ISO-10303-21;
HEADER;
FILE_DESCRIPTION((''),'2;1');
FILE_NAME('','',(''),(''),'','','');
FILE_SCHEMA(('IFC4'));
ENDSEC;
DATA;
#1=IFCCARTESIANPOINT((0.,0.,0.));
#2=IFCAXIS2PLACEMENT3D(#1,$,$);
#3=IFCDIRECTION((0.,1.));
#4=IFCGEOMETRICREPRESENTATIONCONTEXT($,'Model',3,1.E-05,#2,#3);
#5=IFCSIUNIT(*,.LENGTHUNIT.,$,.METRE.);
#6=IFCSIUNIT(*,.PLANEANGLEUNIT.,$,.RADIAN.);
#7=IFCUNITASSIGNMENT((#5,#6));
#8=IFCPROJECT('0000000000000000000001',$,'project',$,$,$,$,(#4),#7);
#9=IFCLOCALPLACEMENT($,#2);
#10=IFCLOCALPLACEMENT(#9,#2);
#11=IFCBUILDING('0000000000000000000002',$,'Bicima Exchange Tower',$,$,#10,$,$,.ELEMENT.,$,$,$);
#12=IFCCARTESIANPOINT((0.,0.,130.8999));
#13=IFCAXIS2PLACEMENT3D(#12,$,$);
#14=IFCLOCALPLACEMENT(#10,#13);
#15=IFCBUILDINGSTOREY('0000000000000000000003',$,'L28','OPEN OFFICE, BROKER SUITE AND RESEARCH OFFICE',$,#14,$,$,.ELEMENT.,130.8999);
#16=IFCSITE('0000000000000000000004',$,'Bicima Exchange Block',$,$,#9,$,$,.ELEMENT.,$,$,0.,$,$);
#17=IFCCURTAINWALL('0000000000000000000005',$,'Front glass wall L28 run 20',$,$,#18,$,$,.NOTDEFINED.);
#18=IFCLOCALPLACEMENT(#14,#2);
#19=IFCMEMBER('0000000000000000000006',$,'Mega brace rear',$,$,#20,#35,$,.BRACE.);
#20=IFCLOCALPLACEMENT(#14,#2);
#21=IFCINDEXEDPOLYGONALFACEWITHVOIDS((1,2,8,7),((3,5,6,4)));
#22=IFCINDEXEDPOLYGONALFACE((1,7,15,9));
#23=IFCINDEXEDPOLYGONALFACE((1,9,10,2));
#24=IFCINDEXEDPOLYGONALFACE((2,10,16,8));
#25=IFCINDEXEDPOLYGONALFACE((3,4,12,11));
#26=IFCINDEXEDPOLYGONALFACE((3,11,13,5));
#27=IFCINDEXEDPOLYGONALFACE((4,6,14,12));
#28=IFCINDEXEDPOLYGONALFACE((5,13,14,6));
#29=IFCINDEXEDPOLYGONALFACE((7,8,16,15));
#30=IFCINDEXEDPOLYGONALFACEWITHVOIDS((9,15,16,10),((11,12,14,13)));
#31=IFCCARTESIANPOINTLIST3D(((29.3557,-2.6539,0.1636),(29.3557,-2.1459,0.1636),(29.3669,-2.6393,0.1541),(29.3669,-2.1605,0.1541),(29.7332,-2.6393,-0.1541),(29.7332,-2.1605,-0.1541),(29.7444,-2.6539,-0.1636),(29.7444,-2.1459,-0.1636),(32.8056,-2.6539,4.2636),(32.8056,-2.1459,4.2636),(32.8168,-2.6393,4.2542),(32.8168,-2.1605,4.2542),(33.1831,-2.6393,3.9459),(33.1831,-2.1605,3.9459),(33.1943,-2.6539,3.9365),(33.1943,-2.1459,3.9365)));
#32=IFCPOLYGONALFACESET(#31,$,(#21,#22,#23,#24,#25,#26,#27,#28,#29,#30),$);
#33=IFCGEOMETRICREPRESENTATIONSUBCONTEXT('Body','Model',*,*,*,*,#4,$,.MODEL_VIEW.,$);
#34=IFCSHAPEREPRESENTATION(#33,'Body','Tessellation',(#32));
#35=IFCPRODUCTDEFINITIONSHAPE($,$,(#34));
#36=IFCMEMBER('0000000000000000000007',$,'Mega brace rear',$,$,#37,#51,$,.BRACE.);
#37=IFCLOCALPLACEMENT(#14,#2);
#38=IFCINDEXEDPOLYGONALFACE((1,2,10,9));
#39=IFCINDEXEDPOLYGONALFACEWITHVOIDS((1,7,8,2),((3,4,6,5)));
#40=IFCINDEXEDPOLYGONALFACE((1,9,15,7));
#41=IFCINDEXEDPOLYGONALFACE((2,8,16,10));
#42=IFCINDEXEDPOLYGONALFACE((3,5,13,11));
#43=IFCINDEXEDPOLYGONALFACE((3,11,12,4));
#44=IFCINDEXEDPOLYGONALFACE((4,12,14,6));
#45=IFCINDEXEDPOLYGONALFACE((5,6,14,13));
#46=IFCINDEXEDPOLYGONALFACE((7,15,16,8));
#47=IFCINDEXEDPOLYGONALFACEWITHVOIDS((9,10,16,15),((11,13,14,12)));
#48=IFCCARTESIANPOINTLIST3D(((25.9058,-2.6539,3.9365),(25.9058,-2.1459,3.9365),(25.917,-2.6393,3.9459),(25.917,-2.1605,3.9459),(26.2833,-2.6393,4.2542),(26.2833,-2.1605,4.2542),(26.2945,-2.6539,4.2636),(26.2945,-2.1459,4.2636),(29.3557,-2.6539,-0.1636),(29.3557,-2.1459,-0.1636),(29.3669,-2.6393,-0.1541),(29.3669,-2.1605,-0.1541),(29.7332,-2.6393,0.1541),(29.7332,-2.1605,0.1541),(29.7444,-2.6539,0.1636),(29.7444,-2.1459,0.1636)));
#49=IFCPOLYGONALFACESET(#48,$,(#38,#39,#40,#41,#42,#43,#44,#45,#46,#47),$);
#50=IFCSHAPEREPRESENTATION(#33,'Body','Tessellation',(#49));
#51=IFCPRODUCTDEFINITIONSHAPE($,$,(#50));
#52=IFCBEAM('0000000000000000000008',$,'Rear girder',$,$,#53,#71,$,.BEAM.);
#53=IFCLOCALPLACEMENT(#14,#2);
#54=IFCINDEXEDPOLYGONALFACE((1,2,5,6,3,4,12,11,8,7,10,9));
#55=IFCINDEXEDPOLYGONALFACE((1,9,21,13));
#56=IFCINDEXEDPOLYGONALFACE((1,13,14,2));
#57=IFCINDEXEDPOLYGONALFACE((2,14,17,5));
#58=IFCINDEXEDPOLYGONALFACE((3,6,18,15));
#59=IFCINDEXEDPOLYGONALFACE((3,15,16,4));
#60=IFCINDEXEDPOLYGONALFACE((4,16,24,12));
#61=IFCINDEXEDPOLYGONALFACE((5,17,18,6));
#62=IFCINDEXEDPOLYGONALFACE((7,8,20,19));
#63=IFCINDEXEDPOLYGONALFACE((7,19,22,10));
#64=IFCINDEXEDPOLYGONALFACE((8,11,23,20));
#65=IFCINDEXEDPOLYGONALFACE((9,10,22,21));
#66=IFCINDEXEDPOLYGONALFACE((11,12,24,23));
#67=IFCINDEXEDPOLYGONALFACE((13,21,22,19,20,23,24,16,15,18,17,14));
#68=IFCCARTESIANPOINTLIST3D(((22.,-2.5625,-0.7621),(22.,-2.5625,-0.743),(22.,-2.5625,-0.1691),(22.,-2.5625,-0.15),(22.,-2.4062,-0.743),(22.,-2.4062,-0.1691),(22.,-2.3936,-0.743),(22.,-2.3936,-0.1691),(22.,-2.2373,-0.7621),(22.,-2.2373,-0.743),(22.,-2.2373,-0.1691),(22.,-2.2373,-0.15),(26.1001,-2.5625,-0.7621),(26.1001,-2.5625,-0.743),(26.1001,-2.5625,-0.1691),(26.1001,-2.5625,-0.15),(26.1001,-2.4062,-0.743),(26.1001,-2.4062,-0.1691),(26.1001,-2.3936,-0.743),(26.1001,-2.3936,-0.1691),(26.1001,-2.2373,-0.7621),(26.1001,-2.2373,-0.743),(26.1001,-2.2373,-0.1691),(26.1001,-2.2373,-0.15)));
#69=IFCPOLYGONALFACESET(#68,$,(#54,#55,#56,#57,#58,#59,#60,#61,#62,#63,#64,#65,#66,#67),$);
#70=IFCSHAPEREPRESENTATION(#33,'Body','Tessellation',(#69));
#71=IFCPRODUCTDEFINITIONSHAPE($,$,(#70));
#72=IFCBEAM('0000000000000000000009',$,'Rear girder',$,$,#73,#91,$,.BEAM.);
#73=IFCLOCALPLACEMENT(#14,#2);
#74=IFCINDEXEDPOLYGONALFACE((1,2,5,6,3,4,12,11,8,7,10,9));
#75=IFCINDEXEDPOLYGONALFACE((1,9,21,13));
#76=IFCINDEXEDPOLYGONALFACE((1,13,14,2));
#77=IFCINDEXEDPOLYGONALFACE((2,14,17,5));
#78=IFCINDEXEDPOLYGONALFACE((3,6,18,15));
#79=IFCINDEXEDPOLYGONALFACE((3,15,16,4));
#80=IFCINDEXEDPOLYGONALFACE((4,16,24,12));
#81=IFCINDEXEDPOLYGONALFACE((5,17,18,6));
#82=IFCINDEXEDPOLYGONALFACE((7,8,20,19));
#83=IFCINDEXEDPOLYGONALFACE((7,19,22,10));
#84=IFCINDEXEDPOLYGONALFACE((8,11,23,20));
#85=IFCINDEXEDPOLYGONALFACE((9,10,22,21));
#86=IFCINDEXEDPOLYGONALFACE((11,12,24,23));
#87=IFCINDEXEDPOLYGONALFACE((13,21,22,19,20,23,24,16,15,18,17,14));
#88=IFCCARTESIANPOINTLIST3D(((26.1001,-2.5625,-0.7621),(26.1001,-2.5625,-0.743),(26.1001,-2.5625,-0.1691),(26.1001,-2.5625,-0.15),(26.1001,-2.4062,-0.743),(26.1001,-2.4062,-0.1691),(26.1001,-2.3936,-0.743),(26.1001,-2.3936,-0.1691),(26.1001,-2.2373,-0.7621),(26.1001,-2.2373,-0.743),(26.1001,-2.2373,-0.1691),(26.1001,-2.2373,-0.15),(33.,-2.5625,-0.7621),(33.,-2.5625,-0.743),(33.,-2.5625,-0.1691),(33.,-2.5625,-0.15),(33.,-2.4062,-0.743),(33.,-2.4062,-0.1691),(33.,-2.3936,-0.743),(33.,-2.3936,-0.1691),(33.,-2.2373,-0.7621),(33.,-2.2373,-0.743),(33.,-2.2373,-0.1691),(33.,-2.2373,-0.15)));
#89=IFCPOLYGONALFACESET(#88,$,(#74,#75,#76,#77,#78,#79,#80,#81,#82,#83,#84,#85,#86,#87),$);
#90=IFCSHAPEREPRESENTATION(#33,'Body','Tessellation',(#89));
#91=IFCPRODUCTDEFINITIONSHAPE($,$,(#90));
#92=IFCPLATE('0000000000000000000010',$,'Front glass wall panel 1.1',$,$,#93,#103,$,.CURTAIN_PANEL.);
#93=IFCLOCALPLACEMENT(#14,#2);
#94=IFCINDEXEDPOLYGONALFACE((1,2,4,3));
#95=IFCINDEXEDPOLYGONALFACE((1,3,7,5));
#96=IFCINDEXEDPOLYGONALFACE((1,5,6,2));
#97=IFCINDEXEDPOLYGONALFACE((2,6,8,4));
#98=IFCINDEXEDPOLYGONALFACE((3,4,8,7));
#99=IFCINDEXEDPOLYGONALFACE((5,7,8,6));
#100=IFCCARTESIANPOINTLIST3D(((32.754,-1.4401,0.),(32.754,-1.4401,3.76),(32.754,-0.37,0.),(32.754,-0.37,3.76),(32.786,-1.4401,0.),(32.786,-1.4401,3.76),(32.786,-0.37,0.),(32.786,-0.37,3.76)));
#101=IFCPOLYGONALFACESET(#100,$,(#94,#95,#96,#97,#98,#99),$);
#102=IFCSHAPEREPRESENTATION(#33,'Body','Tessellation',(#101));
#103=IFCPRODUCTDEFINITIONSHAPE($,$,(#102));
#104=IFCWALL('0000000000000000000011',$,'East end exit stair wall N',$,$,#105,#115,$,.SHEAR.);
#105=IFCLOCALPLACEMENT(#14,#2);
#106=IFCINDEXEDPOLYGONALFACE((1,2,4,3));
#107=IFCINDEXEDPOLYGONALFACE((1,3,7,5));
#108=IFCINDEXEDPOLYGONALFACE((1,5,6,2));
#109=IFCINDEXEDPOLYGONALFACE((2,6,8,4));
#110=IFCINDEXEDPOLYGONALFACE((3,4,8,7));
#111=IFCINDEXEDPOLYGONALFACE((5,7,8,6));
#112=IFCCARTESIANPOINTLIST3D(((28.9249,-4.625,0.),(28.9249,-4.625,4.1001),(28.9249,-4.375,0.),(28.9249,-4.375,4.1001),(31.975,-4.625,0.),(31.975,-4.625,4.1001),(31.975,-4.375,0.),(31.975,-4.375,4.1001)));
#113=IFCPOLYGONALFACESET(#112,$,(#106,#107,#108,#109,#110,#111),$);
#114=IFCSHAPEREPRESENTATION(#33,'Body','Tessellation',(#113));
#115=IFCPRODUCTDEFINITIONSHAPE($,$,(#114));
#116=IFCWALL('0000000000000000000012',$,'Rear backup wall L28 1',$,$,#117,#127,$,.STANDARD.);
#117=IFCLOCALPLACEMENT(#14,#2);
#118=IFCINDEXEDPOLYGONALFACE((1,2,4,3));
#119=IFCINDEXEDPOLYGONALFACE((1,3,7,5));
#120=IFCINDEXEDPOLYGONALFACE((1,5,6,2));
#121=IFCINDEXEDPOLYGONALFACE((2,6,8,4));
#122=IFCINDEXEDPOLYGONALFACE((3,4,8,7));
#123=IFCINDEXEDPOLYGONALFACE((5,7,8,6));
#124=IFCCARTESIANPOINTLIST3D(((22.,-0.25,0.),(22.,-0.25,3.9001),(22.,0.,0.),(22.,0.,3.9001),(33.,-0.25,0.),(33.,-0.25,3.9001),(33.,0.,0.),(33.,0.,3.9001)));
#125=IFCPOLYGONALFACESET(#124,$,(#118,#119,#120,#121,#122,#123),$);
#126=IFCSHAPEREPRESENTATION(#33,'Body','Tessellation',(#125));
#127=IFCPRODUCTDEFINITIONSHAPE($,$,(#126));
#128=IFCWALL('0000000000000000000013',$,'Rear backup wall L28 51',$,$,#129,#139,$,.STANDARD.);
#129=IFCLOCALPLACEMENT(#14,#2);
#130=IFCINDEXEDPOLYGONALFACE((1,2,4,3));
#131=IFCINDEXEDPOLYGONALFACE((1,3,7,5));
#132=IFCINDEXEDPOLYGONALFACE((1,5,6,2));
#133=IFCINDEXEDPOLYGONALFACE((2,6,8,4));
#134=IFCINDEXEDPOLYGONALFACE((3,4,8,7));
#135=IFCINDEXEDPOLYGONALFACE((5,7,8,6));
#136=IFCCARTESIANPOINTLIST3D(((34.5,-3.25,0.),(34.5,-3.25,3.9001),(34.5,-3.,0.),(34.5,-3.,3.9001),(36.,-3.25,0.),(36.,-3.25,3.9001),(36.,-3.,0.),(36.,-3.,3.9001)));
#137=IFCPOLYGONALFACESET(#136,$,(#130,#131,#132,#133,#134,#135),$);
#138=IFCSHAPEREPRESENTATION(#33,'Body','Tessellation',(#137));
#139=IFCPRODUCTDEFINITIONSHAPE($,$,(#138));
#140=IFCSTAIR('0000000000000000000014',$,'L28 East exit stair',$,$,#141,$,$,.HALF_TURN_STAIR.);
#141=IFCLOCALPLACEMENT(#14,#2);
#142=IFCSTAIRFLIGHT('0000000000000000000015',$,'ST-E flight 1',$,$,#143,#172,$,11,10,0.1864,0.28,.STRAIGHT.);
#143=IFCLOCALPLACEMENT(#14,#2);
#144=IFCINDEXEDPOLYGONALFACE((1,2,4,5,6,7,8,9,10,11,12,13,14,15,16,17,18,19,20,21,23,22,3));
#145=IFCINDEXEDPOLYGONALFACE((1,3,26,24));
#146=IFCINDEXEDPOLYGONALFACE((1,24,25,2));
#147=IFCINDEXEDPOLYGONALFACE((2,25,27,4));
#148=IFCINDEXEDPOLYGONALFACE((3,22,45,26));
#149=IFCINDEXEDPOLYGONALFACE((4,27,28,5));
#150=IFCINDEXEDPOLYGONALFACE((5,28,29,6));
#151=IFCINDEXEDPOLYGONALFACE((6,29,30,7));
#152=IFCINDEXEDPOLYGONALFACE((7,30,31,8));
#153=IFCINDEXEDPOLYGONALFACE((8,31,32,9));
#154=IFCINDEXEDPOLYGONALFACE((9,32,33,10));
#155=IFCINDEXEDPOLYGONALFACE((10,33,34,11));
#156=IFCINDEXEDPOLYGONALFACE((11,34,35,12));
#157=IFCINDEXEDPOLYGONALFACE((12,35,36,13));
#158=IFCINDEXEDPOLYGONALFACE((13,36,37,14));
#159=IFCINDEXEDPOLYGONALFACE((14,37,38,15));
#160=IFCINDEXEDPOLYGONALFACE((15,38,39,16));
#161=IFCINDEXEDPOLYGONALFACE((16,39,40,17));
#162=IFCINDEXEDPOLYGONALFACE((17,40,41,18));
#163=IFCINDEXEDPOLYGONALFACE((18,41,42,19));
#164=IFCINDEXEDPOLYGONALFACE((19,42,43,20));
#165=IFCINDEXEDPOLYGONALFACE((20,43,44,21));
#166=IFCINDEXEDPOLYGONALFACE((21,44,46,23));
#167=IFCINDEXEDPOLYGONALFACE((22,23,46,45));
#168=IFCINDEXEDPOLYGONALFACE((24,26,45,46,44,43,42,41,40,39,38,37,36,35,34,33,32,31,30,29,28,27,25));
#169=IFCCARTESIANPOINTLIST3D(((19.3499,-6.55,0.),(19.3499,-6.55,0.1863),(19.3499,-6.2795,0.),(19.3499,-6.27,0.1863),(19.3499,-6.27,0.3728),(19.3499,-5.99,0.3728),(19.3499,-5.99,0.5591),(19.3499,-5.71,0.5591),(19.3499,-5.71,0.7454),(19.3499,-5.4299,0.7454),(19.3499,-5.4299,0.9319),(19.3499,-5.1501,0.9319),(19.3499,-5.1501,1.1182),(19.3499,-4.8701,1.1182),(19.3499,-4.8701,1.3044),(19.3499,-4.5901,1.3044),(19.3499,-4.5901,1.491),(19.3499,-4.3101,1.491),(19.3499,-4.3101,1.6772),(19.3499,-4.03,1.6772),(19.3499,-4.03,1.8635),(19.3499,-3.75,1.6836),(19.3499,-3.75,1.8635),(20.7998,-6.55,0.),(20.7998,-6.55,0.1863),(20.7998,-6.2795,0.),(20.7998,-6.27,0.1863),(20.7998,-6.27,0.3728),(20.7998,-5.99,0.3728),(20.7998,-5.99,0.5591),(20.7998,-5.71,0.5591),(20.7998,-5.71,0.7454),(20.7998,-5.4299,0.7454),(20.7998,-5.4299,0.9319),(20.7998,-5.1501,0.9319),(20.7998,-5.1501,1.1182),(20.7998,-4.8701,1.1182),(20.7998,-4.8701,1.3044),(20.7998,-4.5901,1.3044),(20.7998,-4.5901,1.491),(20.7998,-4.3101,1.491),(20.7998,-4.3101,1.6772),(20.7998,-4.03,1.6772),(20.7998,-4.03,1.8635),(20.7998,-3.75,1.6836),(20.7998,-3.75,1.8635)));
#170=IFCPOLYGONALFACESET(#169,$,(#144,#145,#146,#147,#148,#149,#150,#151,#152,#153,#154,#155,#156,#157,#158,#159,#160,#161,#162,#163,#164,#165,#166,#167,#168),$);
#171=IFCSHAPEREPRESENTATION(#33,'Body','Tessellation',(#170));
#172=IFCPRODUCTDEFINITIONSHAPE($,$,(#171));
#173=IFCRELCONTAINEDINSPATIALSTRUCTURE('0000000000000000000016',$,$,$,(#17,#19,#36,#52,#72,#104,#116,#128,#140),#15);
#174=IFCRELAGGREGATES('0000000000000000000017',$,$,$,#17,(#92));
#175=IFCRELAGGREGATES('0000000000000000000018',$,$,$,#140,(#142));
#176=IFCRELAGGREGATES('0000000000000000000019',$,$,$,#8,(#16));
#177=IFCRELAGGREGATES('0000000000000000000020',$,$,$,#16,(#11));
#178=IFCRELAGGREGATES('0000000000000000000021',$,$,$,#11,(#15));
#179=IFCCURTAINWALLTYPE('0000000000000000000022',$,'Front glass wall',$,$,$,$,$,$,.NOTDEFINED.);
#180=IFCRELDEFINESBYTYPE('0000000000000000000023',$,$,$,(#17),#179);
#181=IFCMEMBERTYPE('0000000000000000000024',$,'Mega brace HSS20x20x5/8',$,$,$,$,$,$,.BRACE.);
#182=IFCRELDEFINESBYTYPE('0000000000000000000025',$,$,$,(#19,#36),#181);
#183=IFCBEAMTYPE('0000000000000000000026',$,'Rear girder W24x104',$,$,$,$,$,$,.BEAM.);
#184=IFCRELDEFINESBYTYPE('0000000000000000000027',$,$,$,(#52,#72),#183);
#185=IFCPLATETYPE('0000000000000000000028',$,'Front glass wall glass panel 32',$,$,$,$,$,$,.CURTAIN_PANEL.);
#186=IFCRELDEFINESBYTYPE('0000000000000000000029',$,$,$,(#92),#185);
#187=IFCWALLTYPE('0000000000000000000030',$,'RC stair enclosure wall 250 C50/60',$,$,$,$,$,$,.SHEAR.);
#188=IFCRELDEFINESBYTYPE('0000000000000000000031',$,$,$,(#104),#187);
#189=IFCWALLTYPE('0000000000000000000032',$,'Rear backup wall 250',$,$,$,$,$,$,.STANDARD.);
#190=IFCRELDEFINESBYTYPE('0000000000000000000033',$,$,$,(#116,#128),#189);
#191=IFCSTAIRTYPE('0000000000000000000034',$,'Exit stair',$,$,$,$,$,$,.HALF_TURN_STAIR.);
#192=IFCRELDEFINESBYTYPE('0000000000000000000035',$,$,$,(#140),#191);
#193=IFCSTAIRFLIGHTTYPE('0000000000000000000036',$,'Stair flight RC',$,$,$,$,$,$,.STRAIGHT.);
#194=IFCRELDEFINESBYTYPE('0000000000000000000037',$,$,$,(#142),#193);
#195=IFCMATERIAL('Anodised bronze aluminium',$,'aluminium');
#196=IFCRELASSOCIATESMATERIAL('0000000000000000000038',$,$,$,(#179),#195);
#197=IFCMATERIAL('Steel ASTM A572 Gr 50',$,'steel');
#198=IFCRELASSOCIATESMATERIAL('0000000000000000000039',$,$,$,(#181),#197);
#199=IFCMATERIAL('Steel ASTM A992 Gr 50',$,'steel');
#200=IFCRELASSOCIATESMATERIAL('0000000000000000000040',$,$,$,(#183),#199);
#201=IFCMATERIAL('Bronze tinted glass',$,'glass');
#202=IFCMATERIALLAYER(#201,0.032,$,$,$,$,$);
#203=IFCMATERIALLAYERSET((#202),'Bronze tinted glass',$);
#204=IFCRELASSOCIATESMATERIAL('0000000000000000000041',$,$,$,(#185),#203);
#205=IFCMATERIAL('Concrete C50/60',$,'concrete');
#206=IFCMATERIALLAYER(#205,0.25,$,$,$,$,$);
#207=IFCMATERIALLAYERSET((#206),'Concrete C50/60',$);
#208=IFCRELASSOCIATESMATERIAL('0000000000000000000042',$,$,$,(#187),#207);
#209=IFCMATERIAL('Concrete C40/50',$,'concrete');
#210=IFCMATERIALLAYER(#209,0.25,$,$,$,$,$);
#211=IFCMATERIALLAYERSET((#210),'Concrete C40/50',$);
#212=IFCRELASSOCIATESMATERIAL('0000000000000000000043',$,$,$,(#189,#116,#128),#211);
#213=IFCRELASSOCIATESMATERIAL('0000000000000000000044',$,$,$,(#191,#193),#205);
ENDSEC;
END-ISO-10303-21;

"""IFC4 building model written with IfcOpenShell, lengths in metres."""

from ifc_helpers import new_model, si_unit, direction, frame, frame_2d, origin, origin_2d, place, context, subcontext, project, spatial, polyline, rectangle, hollow_rectangle, i_section, outline, extrude, material, layer, layer_set, layer_usage, material_profile, profile_set, type_object, element, aggregate, save


model = new_model("IFC4")

# Units and contexts
model_context = context("Model", 3, precision=1e-05, world=origin(), true_north=direction((0.0, 1.0)))
body_context = subcontext(model_context, "Body", "Model", "MODEL_VIEW")
ifc_project = project(units=[si_unit("LENGTHUNIT", "METRE"), si_unit("PLANEANGLEUNIT", "RADIAN")], contexts=[model_context])

# Site, building, storey
site_placement = place(None, origin())
site = spatial("IfcSite", under=ifc_project, at=site_placement, Name="Bicima Exchange Block", CompositionType="ELEMENT", RefElevation=0.0)
building_placement = place(site_placement, origin())
building = spatial("IfcBuilding", under=site, at=building_placement, Name="Bicima Exchange Tower", CompositionType="ELEMENT")
storey_placement = place(building_placement, frame((0.0, 0.0, 130.8999)))
storey = spatial("IfcBuildingStorey", under=building, at=storey_placement, Name="L28", Description="OPEN OFFICE, BROKER SUITE AND RESEARCH OFFICE", CompositionType="ELEMENT", Elevation=130.8999)

# Shared definitions
ifc_material_1 = material(Name="Steel ASTM A572 Gr 50", Category="steel")
ifc_material_2 = material(Name="Steel ASTM A992 Gr 50", Category="steel")

# Curtain wall
ifc_material_3 = material(Name="Anodised bronze aluminium", Category="aluminium")
curtain_wall_type = type_object("IfcCurtainWallType", Name="Front glass wall", PredefinedType="NOTDEFINED", material=ifc_material_3)
curtain_wall_placement = place(storey_placement, origin())
curtain_wall = element("IfcCurtainWall", 1, at=curtain_wall_placement, inside=storey, type_object=curtain_wall_type, Name="Front glass wall L28 run 20", PredefinedType="NOTDEFINED")

# Members
ifc_material_profile_1 = material_profile(ifc_material_1, hollow_rectangle(XDim=0.5081, YDim=0.5081, WallThickness=0.0146, at=origin_2d()))
ifc_profile_set_1 = profile_set([ifc_material_profile_1], Name="Steel ASTM A572 Gr 50")
member_type_1 = type_object("IfcMemberType", Name="Mega brace HSS20x20x5/8", PredefinedType="BRACE", material=ifc_profile_set_1)
for number, where, z_axis, x_axis, name in (
    (2, (29.55, -2.3999, 0.0), (0.643834, 0.0, 0.765165), (0.0, 1.0, 0.0), "Mega brace rear"),
    (3, (29.55, -2.3999, 0.0), (-0.643834, 0.0, 0.765165), (0.0, -1.0, 0.0), "Mega brace rear"),
):
    element("IfcMember", number, at=place(storey_placement, frame(where, z_axis=z_axis, x_axis=x_axis)), inside=storey, type_object=member_type_1, Name=name, PredefinedType="BRACE", context=body_context, shape_type="SweptSolid", body=[
        extrude(hollow_rectangle(XDim=0.5081, YDim=0.5081, WallThickness=0.0146, at=origin_2d()), origin(), (0.0, 0.0, 1.0), 5.3584),
    ])

# Beams
ifc_material_profile_2 = material_profile(ifc_material_2, i_section(OverallWidth=0.3252, OverallDepth=0.6121, WebThickness=0.0127, FlangeThickness=0.019, at=origin_2d()))
ifc_profile_set_2 = profile_set([ifc_material_profile_2], Name="Steel ASTM A992 Gr 50")
beam_type_1 = type_object("IfcBeamType", Name="Rear girder W24x104", PredefinedType="BEAM", material=ifc_profile_set_2)
beam_1_placement = place(storey_placement, frame((22.0, -2.3999, -0.4561), z_axis=(1.0, 0.0, 0.0), x_axis=(0.0, 1.0, 0.0)))
element("IfcBeam", 4, at=beam_1_placement, inside=storey, type_object=beam_type_1, Name="Rear girder", PredefinedType="BEAM", context=body_context, shape_type="SweptSolid", body=[
    extrude(i_section(OverallWidth=0.3252, OverallDepth=0.6121, WebThickness=0.0127, FlangeThickness=0.019, at=origin_2d()), origin(), (0.0, 0.0, 1.0), 4.1001),
])
beam_2_placement = place(storey_placement, frame((26.1001, -2.3999, -0.4561), z_axis=(1.0, 0.0, 0.0), x_axis=(0.0, 1.0, 0.0)))
element("IfcBeam", 5, at=beam_2_placement, inside=storey, type_object=beam_type_1, Name="Rear girder", PredefinedType="BEAM", context=body_context, shape_type="SweptSolid", body=[
    extrude(i_section(OverallWidth=0.3252, OverallDepth=0.6121, WebThickness=0.0127, FlangeThickness=0.019, at=origin_2d()), origin(), (0.0, 0.0, 1.0), 6.8999),
])

# Plate
ifc_material_4 = material(Name="Bronze tinted glass", Category="glass")
ifc_layer_1 = layer(ifc_material_4, 0.032)
ifc_layer_set_1 = layer_set([ifc_layer_1], Name="Bronze tinted glass")
plate_type = type_object("IfcPlateType", Name="Front glass wall glass panel 32", PredefinedType="CURTAIN_PANEL", material=ifc_layer_set_1)
plate_placement = place(storey_placement, frame((32.77, -0.905, 0.0), z_axis=(0.0, 0.0, 1.0), x_axis=(0.0, 1.0, 0.0)))
plate = element("IfcPlate", 6, at=plate_placement, type_object=plate_type, Name="Front glass wall panel 1.1", PredefinedType="CURTAIN_PANEL", context=body_context, shape_type="SweptSolid", body=[
    extrude(rectangle(XDim=1.0701, YDim=0.032, at=origin_2d()), origin(), (0.0, 0.0, 1.0), 3.76),
])
aggregate(curtain_wall, [plate])

# Walls
ifc_material_5 = material(Name="Concrete C50/60", Category="concrete")
ifc_layer_2 = layer(ifc_material_5, 0.25)
ifc_layer_set_2 = layer_set([ifc_layer_2], Name="Concrete C50/60")
wall_type_1 = type_object("IfcWallType", Name="RC stair enclosure wall 250 C50/60", PredefinedType="SHEAR", material=ifc_layer_set_2)
wall_1_placement = place(storey_placement, frame((28.925, -4.5, 0.0), z_axis=(0.0, 0.0, 1.0), x_axis=(1.0, 0.0, 0.0)))
element("IfcWall", 7, at=wall_1_placement, inside=storey, type_object=wall_type_1, Name="East end exit stair wall N", PredefinedType="SHEAR", context=body_context, shape_type="SweptSolid", body=[
    extrude(rectangle(XDim=3.05, YDim=0.25, at=frame_2d((1.5249, 0.0))), origin(), (0.0, 0.0, 1.0), 4.1001),
])
ifc_material_6 = material(Name="Concrete C40/50", Category="concrete")
ifc_layer_3 = layer(ifc_material_6, 0.25)
ifc_layer_set_3 = layer_set([ifc_layer_3], Name="Concrete C40/50")
ifc_layer_usage = layer_usage(ifc_layer_set_3, "AXIS2", "POSITIVE", -0.125)
wall_type_2 = type_object("IfcWallType", Name="Rear backup wall 250", PredefinedType="STANDARD", material=ifc_layer_set_3)
wall_2_placement = place(storey_placement, frame((33.0, -0.125, 0.0), z_axis=(0.0, 0.0, 1.0), x_axis=(-1.0, 0.0, 0.0)))
element("IfcWall", 8, at=wall_2_placement, inside=storey, type_object=wall_type_2, material=ifc_layer_usage, Name="Rear backup wall L28 1", PredefinedType="STANDARD", context=body_context, shape_type="SweptSolid", body=[
    extrude(rectangle(XDim=11.0, YDim=0.25, at=frame_2d((5.5, 0.0))), origin(), (0.0, 0.0, 1.0), 3.9001),
])
wall_3_placement = place(storey_placement, frame((36.0, -3.125, 0.0), z_axis=(0.0, 0.0, 1.0), x_axis=(-1.0, 0.0, 0.0)))
element("IfcWall", 9, at=wall_3_placement, inside=storey, type_object=wall_type_2, material=ifc_layer_usage, Name="Rear backup wall L28 51", PredefinedType="STANDARD", context=body_context, shape_type="SweptSolid", body=[
    extrude(rectangle(XDim=1.5, YDim=0.25, at=frame_2d((0.75, 0.0))), origin(), (0.0, 0.0, 1.0), 3.9001),
])

# Stair, stair flight
stair_type = type_object("IfcStairType", Name="Exit stair", PredefinedType="HALF_TURN_STAIR", material=ifc_material_5)
stair_1_placement = place(storey_placement, origin())
stair_1 = element("IfcStair", 10, at=stair_1_placement, inside=storey, type_object=stair_type, Name="L28 East exit stair", PredefinedType="HALF_TURN_STAIR")
stair_flight_type = type_object("IfcStairFlightType", Name="Stair flight RC", PredefinedType="STRAIGHT", material=ifc_material_5)
stair_flight_1_placement = place(storey_placement, frame((20.075, -6.55, 0.0), z_axis=(0.0, 0.0, 1.0), x_axis=(0.0, 1.0, 0.0)))
stair_flight_1 = element("IfcStairFlight", 11, at=stair_flight_1_placement, type_object=stair_flight_type, Name="ST-E flight 1", NumberOfRisers=11, NumberOfTreads=10, PredefinedType="STRAIGHT", RiserHeight=0.1864, TreadLength=0.28, context=body_context, shape_type="SweptSolid", body=[
    extrude(outline(polyline([(0.0, 0.0), (0.0, 0.1863), (0.28, 0.1863), (0.28, 0.3728), (0.5601, 0.3728), (0.5601, 0.5591), (0.8401, 0.5591), (0.8401, 0.7454), (1.1201, 0.7454), (1.1201, 0.9319), (1.3999, 0.9319), (1.3999, 1.1182), (1.6799, 1.1182), (1.6799, 1.3044), (1.96, 1.3044), (1.96, 1.491), (2.24, 1.491), (2.24, 1.6772), (2.52, 1.6772), (2.52, 1.8635), (2.8, 1.8635), (2.8, 2.05), (2.8, 1.6836), (0.2705, 0.0), (0.0, 0.0)])), frame((0.0, 0.7251, 0.0), z_axis=(0.0, -1.0, 0.0), x_axis=(1.0, 0.0, 0.0)), (0.0, 0.0, 1.0), 1.45),
])
aggregate(stair_1, [stair_flight_1])

save(model, "model.ifc")
